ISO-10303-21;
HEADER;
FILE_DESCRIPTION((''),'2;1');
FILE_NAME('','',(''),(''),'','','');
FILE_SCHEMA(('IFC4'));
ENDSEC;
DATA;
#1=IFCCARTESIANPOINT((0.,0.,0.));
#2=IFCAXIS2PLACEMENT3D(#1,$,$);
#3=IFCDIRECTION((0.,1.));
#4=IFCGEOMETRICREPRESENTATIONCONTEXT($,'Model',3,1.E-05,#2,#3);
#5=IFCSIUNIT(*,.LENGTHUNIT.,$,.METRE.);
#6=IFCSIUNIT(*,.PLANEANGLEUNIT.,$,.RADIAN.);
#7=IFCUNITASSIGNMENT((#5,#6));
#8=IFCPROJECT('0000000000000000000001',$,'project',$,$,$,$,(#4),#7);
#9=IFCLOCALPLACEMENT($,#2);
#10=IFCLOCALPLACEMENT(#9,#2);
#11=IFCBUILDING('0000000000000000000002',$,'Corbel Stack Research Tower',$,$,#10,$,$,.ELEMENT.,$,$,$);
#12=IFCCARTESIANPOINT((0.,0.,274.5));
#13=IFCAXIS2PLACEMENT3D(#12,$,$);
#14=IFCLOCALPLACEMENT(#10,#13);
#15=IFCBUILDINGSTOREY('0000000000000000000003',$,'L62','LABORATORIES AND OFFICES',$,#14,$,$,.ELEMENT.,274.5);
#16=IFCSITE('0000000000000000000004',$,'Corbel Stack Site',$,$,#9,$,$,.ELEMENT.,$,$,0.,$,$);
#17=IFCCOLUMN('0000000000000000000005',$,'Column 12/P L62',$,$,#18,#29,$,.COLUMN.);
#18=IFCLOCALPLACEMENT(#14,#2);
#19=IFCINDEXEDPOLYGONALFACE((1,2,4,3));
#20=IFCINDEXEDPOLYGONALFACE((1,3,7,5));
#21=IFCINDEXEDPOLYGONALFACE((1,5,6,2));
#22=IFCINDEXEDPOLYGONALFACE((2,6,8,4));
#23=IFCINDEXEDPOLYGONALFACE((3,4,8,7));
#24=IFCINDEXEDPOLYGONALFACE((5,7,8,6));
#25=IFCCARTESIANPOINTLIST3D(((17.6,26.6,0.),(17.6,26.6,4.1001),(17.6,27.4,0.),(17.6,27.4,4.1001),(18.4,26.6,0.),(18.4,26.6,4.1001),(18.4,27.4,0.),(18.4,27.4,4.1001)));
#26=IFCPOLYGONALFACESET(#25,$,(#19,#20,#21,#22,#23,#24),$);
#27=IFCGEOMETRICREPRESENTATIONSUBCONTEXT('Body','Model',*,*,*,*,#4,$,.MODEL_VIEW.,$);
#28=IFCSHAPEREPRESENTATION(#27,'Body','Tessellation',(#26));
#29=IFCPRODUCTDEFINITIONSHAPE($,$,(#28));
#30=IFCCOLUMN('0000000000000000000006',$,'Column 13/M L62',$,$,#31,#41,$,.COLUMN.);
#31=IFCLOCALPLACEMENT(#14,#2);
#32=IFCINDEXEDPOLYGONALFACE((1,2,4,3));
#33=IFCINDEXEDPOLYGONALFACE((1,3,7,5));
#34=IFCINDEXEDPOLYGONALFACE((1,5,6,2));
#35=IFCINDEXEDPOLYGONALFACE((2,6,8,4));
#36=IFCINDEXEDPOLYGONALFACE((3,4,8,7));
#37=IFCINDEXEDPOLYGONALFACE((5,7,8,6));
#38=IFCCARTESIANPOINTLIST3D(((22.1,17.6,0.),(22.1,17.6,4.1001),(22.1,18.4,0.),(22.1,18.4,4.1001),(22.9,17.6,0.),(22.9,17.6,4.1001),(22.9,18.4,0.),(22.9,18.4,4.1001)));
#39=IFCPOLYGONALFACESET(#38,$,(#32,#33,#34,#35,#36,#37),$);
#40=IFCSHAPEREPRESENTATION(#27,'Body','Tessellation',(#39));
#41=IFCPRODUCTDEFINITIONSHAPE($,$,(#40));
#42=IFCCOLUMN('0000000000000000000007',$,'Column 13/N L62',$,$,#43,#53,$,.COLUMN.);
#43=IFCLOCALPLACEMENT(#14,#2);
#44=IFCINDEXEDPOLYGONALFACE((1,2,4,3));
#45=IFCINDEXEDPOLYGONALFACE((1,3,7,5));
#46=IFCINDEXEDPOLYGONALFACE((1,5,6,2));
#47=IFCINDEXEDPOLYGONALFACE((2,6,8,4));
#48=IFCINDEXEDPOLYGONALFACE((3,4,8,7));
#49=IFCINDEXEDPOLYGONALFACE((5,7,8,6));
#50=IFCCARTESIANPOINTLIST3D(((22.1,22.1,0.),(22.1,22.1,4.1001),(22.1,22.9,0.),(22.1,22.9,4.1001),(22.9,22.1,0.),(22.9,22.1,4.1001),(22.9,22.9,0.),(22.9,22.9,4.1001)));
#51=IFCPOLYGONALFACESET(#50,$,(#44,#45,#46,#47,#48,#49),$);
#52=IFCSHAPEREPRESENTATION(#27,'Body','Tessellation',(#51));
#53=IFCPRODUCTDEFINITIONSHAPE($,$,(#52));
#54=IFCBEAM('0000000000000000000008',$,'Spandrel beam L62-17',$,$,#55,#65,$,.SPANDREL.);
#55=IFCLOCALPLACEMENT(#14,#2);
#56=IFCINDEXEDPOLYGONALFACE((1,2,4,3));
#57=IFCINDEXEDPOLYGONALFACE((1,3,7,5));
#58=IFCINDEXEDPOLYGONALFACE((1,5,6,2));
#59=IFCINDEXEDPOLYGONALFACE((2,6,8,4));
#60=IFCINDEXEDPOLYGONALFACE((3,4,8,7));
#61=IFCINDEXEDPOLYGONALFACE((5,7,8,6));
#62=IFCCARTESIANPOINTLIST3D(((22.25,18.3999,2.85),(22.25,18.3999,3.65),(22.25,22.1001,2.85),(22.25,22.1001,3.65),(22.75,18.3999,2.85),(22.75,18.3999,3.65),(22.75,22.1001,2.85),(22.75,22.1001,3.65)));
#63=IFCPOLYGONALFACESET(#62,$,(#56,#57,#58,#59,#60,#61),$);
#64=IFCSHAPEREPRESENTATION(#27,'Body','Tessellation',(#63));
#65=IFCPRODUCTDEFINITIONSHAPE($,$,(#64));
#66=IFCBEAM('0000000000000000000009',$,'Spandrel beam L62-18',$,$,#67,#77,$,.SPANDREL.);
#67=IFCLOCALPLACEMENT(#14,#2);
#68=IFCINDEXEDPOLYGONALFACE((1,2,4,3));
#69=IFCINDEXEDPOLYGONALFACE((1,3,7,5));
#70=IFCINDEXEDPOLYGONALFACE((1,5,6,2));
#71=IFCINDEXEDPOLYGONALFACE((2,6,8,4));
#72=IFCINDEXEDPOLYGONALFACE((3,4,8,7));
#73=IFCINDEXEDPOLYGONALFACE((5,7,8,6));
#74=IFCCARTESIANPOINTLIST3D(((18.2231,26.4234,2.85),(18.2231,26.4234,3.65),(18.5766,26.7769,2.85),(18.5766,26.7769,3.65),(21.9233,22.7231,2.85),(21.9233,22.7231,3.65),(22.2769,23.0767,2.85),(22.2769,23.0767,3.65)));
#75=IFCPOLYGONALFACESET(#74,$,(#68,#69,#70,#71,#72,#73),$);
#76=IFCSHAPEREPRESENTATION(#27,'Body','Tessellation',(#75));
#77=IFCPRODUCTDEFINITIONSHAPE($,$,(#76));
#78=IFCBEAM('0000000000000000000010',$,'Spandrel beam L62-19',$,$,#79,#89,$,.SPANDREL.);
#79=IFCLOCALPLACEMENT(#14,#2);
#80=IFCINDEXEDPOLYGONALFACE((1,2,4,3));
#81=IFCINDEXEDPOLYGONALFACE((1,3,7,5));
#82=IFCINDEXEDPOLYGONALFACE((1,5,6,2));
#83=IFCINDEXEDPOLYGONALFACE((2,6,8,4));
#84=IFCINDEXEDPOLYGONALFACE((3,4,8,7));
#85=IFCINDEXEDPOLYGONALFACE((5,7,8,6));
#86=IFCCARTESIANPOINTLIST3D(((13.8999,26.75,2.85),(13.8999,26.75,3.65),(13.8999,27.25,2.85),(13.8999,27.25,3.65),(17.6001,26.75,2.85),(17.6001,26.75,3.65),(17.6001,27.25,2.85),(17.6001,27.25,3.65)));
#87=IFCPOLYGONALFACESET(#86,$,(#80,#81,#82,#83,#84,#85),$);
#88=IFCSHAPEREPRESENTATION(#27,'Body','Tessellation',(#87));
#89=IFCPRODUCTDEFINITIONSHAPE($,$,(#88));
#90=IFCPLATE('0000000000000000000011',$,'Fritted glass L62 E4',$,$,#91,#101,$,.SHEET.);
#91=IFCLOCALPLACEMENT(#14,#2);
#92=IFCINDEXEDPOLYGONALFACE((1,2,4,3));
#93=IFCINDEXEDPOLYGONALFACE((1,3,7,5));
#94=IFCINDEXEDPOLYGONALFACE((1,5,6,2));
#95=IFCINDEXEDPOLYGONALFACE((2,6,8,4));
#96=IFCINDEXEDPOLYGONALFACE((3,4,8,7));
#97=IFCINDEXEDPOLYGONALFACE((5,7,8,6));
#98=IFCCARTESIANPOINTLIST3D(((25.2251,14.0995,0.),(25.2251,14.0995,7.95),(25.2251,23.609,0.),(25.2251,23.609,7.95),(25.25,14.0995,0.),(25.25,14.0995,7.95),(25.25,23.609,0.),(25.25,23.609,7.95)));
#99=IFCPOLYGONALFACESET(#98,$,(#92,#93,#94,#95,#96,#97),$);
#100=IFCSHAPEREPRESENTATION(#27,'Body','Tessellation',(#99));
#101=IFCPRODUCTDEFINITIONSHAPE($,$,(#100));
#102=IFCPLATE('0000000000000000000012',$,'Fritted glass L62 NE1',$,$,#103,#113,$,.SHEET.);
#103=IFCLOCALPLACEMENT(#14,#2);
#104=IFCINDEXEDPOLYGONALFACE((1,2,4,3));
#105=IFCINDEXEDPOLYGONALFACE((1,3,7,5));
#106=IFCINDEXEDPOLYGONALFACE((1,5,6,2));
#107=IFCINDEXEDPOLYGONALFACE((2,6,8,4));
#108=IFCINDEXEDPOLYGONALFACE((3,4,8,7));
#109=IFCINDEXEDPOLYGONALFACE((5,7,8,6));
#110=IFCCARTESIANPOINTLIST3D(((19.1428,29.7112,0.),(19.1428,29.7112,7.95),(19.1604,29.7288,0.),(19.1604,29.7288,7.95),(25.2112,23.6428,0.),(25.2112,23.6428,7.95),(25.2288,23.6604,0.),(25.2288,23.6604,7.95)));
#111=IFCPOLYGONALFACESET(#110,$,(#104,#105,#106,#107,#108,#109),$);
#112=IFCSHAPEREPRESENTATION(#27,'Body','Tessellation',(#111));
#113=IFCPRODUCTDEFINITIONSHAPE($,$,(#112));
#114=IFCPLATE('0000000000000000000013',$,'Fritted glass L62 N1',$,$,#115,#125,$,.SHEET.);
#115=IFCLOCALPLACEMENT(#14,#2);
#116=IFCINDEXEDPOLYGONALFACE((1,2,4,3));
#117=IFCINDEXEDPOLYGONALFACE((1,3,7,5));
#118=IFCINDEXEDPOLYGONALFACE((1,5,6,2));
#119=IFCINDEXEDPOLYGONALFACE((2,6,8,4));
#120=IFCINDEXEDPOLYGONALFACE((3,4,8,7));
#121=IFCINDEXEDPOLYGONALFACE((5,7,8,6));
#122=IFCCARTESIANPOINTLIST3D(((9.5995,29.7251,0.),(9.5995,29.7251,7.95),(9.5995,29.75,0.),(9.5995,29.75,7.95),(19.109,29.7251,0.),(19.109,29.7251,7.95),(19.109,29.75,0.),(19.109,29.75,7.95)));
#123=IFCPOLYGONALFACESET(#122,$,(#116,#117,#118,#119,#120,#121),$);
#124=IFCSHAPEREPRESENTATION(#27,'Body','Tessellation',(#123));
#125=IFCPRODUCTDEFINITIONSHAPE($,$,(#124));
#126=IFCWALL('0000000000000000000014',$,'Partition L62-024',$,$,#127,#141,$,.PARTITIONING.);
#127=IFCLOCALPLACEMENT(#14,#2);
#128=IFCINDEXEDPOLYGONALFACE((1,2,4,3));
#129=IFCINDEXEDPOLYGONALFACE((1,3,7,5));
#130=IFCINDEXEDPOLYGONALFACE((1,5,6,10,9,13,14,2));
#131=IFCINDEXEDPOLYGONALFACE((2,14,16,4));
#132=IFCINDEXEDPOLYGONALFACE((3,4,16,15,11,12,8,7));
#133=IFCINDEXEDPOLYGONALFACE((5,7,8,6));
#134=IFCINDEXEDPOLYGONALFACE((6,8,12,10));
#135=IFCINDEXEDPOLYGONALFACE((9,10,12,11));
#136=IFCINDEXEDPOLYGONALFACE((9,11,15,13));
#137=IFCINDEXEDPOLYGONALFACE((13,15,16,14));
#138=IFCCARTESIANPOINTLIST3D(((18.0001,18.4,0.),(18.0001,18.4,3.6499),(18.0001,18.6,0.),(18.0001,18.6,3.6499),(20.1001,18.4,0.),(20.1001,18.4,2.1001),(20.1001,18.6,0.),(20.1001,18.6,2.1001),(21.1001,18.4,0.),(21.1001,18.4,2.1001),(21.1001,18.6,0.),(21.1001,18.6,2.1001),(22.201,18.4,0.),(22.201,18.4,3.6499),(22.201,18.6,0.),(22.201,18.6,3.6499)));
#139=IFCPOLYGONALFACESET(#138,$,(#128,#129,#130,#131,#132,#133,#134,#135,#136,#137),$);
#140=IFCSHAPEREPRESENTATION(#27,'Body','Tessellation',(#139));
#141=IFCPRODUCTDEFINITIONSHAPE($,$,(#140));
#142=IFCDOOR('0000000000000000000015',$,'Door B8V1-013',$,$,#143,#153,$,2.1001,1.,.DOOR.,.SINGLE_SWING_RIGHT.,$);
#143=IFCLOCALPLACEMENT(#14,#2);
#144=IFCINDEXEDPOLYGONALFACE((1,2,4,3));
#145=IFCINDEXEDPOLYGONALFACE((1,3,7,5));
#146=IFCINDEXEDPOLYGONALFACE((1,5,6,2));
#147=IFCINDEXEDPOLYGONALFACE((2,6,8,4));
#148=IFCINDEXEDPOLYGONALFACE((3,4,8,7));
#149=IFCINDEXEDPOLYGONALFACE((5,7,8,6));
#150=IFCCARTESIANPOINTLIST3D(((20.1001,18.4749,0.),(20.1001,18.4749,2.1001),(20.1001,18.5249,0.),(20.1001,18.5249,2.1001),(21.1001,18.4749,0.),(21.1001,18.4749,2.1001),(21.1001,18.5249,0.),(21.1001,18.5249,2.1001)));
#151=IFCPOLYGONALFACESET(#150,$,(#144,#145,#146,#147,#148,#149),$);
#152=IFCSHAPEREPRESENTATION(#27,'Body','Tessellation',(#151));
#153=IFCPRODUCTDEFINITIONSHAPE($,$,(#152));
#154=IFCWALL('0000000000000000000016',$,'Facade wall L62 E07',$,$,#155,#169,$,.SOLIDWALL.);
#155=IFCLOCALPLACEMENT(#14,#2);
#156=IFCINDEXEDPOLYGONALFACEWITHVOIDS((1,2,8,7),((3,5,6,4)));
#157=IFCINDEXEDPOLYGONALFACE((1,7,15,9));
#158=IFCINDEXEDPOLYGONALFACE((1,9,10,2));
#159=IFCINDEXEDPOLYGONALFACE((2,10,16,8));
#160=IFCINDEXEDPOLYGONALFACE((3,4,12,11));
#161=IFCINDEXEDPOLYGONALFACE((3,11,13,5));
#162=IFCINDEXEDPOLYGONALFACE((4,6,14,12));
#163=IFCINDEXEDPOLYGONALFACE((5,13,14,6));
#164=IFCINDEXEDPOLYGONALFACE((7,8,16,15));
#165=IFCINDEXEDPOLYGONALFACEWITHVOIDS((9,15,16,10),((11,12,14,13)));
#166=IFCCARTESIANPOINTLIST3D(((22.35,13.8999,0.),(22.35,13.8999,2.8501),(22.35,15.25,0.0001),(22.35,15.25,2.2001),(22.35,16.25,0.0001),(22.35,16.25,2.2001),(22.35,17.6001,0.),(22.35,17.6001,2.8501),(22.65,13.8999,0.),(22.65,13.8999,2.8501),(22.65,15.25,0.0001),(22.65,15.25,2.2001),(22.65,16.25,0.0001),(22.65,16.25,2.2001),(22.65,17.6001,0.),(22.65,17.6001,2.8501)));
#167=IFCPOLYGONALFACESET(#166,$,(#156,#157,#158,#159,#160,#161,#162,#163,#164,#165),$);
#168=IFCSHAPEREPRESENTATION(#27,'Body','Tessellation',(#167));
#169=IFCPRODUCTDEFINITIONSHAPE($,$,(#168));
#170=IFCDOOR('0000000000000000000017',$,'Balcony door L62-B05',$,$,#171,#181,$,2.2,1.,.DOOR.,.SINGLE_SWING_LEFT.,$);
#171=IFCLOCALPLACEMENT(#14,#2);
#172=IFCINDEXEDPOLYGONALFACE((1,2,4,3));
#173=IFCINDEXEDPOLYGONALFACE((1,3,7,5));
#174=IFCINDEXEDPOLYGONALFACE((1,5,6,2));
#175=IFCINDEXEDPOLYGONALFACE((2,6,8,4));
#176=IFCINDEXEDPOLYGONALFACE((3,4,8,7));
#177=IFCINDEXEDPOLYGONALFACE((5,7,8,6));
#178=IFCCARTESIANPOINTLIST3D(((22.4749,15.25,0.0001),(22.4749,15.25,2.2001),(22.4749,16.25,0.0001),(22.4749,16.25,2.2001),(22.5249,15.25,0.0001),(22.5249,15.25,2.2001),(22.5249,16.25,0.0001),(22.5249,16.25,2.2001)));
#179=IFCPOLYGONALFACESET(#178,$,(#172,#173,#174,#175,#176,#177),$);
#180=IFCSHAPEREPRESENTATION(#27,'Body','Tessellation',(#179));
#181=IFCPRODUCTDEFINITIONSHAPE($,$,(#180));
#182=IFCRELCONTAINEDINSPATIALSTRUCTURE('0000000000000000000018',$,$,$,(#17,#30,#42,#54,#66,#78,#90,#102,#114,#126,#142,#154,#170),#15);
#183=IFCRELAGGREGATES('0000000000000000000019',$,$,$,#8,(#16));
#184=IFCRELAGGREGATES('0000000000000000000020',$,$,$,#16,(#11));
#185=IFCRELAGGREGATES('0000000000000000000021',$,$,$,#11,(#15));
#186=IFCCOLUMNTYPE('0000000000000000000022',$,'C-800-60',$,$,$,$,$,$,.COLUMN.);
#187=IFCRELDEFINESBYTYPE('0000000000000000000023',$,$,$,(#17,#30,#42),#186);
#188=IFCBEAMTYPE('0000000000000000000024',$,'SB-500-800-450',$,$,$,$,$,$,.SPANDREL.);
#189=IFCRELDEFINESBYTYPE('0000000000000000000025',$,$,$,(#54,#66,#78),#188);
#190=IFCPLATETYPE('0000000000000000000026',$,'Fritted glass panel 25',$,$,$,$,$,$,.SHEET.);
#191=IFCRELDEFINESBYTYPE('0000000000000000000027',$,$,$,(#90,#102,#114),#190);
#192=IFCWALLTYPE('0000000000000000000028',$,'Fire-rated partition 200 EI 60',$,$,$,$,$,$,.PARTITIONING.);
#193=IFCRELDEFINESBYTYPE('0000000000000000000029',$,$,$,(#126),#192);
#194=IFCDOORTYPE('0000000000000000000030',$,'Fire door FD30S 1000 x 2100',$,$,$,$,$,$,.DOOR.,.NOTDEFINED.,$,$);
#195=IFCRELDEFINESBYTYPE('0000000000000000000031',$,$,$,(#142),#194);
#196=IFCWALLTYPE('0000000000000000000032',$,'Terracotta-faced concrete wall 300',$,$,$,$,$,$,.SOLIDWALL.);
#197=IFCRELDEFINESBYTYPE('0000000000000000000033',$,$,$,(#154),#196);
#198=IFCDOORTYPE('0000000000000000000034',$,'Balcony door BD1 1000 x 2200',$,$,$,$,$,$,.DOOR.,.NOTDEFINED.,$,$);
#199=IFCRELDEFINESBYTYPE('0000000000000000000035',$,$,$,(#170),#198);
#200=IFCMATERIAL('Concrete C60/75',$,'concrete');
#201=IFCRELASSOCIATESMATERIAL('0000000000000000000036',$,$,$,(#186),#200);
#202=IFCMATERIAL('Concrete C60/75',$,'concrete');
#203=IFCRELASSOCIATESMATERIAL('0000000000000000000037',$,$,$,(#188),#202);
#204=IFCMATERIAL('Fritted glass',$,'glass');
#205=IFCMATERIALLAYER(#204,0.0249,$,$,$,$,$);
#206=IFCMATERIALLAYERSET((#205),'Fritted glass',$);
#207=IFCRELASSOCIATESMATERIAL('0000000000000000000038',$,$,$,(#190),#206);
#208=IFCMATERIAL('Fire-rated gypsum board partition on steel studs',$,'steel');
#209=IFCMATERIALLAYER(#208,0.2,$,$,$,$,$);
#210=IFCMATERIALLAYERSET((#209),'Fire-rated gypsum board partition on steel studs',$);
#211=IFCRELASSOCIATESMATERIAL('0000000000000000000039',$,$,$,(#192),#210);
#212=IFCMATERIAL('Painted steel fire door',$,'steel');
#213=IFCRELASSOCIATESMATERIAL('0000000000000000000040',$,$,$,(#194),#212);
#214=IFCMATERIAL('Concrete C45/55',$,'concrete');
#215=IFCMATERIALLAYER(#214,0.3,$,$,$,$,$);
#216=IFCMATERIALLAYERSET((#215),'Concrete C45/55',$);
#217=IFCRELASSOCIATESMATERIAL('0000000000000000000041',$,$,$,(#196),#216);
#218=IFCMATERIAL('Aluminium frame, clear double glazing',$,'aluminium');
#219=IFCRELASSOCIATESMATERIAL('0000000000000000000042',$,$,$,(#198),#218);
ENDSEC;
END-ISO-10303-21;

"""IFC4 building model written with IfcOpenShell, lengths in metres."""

from ifc_helpers import new_model, si_unit, direction, frame, frame_2d, origin, origin_2d, place, context, subcontext, project, spatial, rectangle, extrude, material, layer, layer_set, material_profile, profile_set, type_object, element, fill, save


model = new_model("IFC4")

# Units and contexts
model_context = context("Model", 3, precision=1e-05, world=origin(), true_north=direction((0.0, 1.0)))
body_context = subcontext(model_context, "Body", "Model", "MODEL_VIEW")
ifc_project = project(units=[si_unit("LENGTHUNIT", "METRE"), si_unit("PLANEANGLEUNIT", "RADIAN")], contexts=[model_context])

# Site, building, storey
site_placement = place(None, origin())
site = spatial("IfcSite", under=ifc_project, at=site_placement, Name="Corbel Stack Site", CompositionType="ELEMENT", RefElevation=0.0)
building_placement = place(site_placement, origin())
building = spatial("IfcBuilding", under=site, at=building_placement, Name="Corbel Stack Research Tower", CompositionType="ELEMENT")
storey_placement = place(building_placement, frame((0.0, 0.0, 274.5)))
storey = spatial("IfcBuildingStorey", under=building, at=storey_placement, Name="L62", Description="LABORATORIES AND OFFICES", CompositionType="ELEMENT", Elevation=274.5)

# Columns
ifc_material_1 = material(Name="Concrete C60/75", Category="concrete")
ifc_material_profile_1 = material_profile(ifc_material_1, rectangle(XDim=0.8, YDim=0.8, at=origin_2d()), Name="RC 800 x 800")
ifc_profile_set_1 = profile_set([ifc_material_profile_1], Name="Concrete C60/75")
column_type = type_object("IfcColumnType", Name="C-800-60", PredefinedType="COLUMN", material=ifc_profile_set_1)
for number, where, z_axis, x_axis, name in (
    (1, (18.0, 27.0, 0.0), (0.0, 0.0, 1.0), (1.0, 0.0, 0.0), "Column 12/P L62"),
    (2, (22.5, 18.0, 0.0), (0.0, 0.0, 1.0), (1.0, 0.0, 0.0), "Column 13/M L62"),
    (3, (22.5, 22.5, 0.0), (0.0, 0.0, 1.0), (1.0, 0.0, 0.0), "Column 13/N L62"),
):
    element("IfcColumn", number, at=place(storey_placement, frame(where, z_axis=z_axis, x_axis=x_axis)), inside=storey, type_object=column_type, Name=name, PredefinedType="COLUMN", context=body_context, shape_type="SweptSolid", body=[
        extrude(rectangle(XDim=0.8, YDim=0.8, at=origin_2d()), origin(), (0.0, 0.0, 1.0), 4.1001),
    ])

# Beams
ifc_material_2 = material(Name="Concrete C60/75", Category="concrete")
ifc_material_profile_2 = material_profile(ifc_material_2, rectangle(XDim=0.5, YDim=0.8, at=origin_2d()), Name="RC 500 x 800")
ifc_profile_set_2 = profile_set([ifc_material_profile_2], Name="Concrete C60/75")
beam_type = type_object("IfcBeamType", Name="SB-500-800-450", PredefinedType="SPANDREL", material=ifc_profile_set_2)
beam_1_placement = place(storey_placement, frame((22.5, 18.3999, 3.25), z_axis=(0.0, 1.0, 0.0), x_axis=(-1.0, 0.0, 0.0)))
element("IfcBeam", 4, at=beam_1_placement, inside=storey, type_object=beam_type, Name="Spandrel beam L62-17", PredefinedType="SPANDREL", context=body_context, shape_type="SweptSolid", body=[
    extrude(rectangle(XDim=0.5, YDim=0.8, at=origin_2d()), origin(), (0.0, 0.0, 1.0), 3.7002),
])
beam_2_placement = place(storey_placement, frame((22.1001, 22.8999, 3.25), z_axis=(-0.707107, 0.707107, 0.0), x_axis=(-0.707107, -0.707107, 0.0)))
element("IfcBeam", 5, at=beam_2_placement, inside=storey, type_object=beam_type, Name="Spandrel beam L62-18", PredefinedType="SPANDREL", context=body_context, shape_type="SweptSolid", body=[
    extrude(rectangle(XDim=0.5, YDim=0.8, at=origin_2d()), origin(), (0.0, 0.0, 1.0), 5.2329),
])
beam_3_placement = place(storey_placement, frame((17.6001, 27.0, 3.25), z_axis=(-1.0, 0.0, 0.0), x_axis=(0.0, -1.0, 0.0)))
element("IfcBeam", 6, at=beam_3_placement, inside=storey, type_object=beam_type, Name="Spandrel beam L62-19", PredefinedType="SPANDREL", context=body_context, shape_type="SweptSolid", body=[
    extrude(rectangle(XDim=0.5, YDim=0.8, at=origin_2d()), origin(), (0.0, 0.0, 1.0), 3.7002),
])

# Plates
ifc_material_3 = material(Name="Fritted glass", Category="glass")
ifc_layer_1 = layer(ifc_material_3, 0.0249)
ifc_layer_set_1 = layer_set([ifc_layer_1], Name="Fritted glass")
plate_type = type_object("IfcPlateType", Name="Fritted glass panel 25", PredefinedType="SHEET", material=ifc_layer_set_1)
plate_1_placement = place(storey_placement, frame((25.2375, 18.8542, 0.0), z_axis=(0.0, 0.0, 1.0), x_axis=(0.0, 1.0, 0.0)))
element("IfcPlate", 7, at=plate_1_placement, inside=storey, type_object=plate_type, Name="Fritted glass L62 E4", PredefinedType="SHEET", context=body_context, shape_type="SweptSolid", body=[
    extrude(rectangle(XDim=9.5095, YDim=0.0249, at=origin_2d()), origin(), (0.0, 0.0, 1.0), 7.95),
])
plate_2_placement = place(storey_placement, frame((22.1858, 26.6858, 0.0), z_axis=(0.0, 0.0, 1.0), x_axis=(-0.707107, 0.707107, 0.0)))
element("IfcPlate", 8, at=plate_2_placement, inside=storey, type_object=plate_type, Name="Fritted glass L62 NE1", PredefinedType="SHEET", context=body_context, shape_type="SweptSolid", body=[
    extrude(rectangle(XDim=8.582, YDim=0.0249, at=origin_2d()), origin(), (0.0, 0.0, 1.0), 7.95),
])
plate_3_placement = place(storey_placement, frame((14.3542, 29.7375, 0.0), z_axis=(0.0, 0.0, 1.0), x_axis=(-1.0, 0.0, 0.0)))
element("IfcPlate", 9, at=plate_3_placement, inside=storey, type_object=plate_type, Name="Fritted glass L62 N1", PredefinedType="SHEET", context=body_context, shape_type="SweptSolid", body=[
    extrude(rectangle(XDim=9.5095, YDim=0.0249, at=origin_2d()), origin(), (0.0, 0.0, 1.0), 7.95),
])

# Walls, openings, doors
ifc_material_4 = material(Name="Fire-rated gypsum board partition on steel studs", Category="steel")
ifc_layer_2 = layer(ifc_material_4, 0.2)
ifc_layer_set_2 = layer_set([ifc_layer_2], Name="Fire-rated gypsum board partition on steel studs")
wall_type_1 = type_object("IfcWallType", Name="Fire-rated partition 200 EI 60", PredefinedType="PARTITIONING", material=ifc_layer_set_2)
wall_1_placement = place(storey_placement, frame((18.0, 18.5, 0.0), z_axis=(0.0, 0.0, 1.0), x_axis=(1.0, 0.0, 0.0)))
wall_1 = element("IfcWall", 10, at=wall_1_placement, inside=storey, type_object=wall_type_1, Name="Partition L62-024", PredefinedType="PARTITIONING", context=body_context, shape_type="SweptSolid", body=[
    extrude(rectangle(XDim=4.2009, YDim=0.2, at=frame_2d((2.1006, 0.0))), origin(), (0.0, 0.0, 1.0), 3.6499),
])
opening_1_placement = place(wall_1_placement, frame((2.1001, 0.0, 0.0)))
opening_1 = element("IfcOpeningElement", 11, at=opening_1_placement, cuts=wall_1, PredefinedType="OPENING", context=body_context, shape_type="SweptSolid", body=[
    extrude(rectangle(XDim=1.0, YDim=2.1001, at=frame_2d((0.5, 1.05))), frame((0.0, 0.1099, 0.0), z_axis=(0.0, -1.0, 0.0), x_axis=(1.0, 0.0, 0.0)), (0.0, 0.0, 1.0), 0.22),
])
ifc_material_5 = material(Name="Painted steel fire door", Category="steel")
door_type_1 = type_object("IfcDoorType", Name="Fire door FD30S 1000 x 2100", OperationType="NOTDEFINED", PredefinedType="DOOR", material=ifc_material_5)
door_1_placement = place(opening_1_placement, origin())
door_1 = element("IfcDoor", 12, at=door_1_placement, inside=storey, type_object=door_type_1, Name="Door B8V1-013", OperationType="SINGLE_SWING_RIGHT", OverallHeight=2.1001, OverallWidth=1.0, PredefinedType="DOOR", context=body_context, shape_type="SweptSolid", body=[
    extrude(rectangle(XDim=1.0, YDim=2.1001, at=frame_2d((0.5, 1.05))), frame((0.0, 0.0249, 0.0), z_axis=(0.0, -1.0, 0.0), x_axis=(1.0, 0.0, 0.0)), (0.0, 0.0, 1.0), 0.05),
])
fill(opening_1, door_1)
ifc_material_6 = material(Name="Concrete C45/55", Category="concrete")
ifc_layer_3 = layer(ifc_material_6, 0.3)
ifc_layer_set_3 = layer_set([ifc_layer_3], Name="Concrete C45/55")
wall_type_2 = type_object("IfcWallType", Name="Terracotta-faced concrete wall 300", PredefinedType="SOLIDWALL", material=ifc_layer_set_3)
wall_2_placement = place(storey_placement, frame((22.5, 17.6001, 0.0), z_axis=(0.0, 0.0, 1.0), x_axis=(0.0, -1.0, 0.0)))
wall_2 = element("IfcWall", 13, at=wall_2_placement, inside=storey, type_object=wall_type_2, Name="Facade wall L62 E07", PredefinedType="SOLIDWALL", context=body_context, shape_type="SweptSolid", body=[
    extrude(rectangle(XDim=3.7002, YDim=0.3, at=frame_2d((1.8501, 0.0))), origin(), (0.0, 0.0, 1.0), 2.8501),
])
opening_2_placement = place(wall_2_placement, frame((1.3501, 0.0, 0.0)))
opening_2 = element("IfcOpeningElement", 14, at=opening_2_placement, cuts=wall_2, PredefinedType="OPENING", context=body_context, shape_type="SweptSolid", body=[
    extrude(rectangle(XDim=1.0, YDim=2.2, at=frame_2d((0.5, 1.1001))), frame((0.0, 0.1599, 0.0), z_axis=(0.0, -1.0, 0.0), x_axis=(1.0, 0.0, 0.0)), (0.0, 0.0, 1.0), 0.3201),
])
ifc_material_7 = material(Name="Aluminium frame, clear double glazing", Category="aluminium")
door_type_2 = type_object("IfcDoorType", Name="Balcony door BD1 1000 x 2200", OperationType="NOTDEFINED", PredefinedType="DOOR", material=ifc_material_7)
door_2_placement = place(opening_2_placement, origin())
door_2 = element("IfcDoor", 15, at=door_2_placement, inside=storey, type_object=door_type_2, Name="Balcony door L62-B05", OperationType="SINGLE_SWING_LEFT", OverallHeight=2.2, OverallWidth=1.0, PredefinedType="DOOR", context=body_context, shape_type="SweptSolid", body=[
    extrude(rectangle(XDim=1.0, YDim=2.2, at=frame_2d((0.5, 1.1001))), frame((0.0, 0.0249, 0.0), z_axis=(0.0, -1.0, 0.0), x_axis=(1.0, 0.0, 0.0)), (0.0, 0.0, 1.0), 0.05),
])
fill(opening_2, door_2)

save(model, "model.ifc")
